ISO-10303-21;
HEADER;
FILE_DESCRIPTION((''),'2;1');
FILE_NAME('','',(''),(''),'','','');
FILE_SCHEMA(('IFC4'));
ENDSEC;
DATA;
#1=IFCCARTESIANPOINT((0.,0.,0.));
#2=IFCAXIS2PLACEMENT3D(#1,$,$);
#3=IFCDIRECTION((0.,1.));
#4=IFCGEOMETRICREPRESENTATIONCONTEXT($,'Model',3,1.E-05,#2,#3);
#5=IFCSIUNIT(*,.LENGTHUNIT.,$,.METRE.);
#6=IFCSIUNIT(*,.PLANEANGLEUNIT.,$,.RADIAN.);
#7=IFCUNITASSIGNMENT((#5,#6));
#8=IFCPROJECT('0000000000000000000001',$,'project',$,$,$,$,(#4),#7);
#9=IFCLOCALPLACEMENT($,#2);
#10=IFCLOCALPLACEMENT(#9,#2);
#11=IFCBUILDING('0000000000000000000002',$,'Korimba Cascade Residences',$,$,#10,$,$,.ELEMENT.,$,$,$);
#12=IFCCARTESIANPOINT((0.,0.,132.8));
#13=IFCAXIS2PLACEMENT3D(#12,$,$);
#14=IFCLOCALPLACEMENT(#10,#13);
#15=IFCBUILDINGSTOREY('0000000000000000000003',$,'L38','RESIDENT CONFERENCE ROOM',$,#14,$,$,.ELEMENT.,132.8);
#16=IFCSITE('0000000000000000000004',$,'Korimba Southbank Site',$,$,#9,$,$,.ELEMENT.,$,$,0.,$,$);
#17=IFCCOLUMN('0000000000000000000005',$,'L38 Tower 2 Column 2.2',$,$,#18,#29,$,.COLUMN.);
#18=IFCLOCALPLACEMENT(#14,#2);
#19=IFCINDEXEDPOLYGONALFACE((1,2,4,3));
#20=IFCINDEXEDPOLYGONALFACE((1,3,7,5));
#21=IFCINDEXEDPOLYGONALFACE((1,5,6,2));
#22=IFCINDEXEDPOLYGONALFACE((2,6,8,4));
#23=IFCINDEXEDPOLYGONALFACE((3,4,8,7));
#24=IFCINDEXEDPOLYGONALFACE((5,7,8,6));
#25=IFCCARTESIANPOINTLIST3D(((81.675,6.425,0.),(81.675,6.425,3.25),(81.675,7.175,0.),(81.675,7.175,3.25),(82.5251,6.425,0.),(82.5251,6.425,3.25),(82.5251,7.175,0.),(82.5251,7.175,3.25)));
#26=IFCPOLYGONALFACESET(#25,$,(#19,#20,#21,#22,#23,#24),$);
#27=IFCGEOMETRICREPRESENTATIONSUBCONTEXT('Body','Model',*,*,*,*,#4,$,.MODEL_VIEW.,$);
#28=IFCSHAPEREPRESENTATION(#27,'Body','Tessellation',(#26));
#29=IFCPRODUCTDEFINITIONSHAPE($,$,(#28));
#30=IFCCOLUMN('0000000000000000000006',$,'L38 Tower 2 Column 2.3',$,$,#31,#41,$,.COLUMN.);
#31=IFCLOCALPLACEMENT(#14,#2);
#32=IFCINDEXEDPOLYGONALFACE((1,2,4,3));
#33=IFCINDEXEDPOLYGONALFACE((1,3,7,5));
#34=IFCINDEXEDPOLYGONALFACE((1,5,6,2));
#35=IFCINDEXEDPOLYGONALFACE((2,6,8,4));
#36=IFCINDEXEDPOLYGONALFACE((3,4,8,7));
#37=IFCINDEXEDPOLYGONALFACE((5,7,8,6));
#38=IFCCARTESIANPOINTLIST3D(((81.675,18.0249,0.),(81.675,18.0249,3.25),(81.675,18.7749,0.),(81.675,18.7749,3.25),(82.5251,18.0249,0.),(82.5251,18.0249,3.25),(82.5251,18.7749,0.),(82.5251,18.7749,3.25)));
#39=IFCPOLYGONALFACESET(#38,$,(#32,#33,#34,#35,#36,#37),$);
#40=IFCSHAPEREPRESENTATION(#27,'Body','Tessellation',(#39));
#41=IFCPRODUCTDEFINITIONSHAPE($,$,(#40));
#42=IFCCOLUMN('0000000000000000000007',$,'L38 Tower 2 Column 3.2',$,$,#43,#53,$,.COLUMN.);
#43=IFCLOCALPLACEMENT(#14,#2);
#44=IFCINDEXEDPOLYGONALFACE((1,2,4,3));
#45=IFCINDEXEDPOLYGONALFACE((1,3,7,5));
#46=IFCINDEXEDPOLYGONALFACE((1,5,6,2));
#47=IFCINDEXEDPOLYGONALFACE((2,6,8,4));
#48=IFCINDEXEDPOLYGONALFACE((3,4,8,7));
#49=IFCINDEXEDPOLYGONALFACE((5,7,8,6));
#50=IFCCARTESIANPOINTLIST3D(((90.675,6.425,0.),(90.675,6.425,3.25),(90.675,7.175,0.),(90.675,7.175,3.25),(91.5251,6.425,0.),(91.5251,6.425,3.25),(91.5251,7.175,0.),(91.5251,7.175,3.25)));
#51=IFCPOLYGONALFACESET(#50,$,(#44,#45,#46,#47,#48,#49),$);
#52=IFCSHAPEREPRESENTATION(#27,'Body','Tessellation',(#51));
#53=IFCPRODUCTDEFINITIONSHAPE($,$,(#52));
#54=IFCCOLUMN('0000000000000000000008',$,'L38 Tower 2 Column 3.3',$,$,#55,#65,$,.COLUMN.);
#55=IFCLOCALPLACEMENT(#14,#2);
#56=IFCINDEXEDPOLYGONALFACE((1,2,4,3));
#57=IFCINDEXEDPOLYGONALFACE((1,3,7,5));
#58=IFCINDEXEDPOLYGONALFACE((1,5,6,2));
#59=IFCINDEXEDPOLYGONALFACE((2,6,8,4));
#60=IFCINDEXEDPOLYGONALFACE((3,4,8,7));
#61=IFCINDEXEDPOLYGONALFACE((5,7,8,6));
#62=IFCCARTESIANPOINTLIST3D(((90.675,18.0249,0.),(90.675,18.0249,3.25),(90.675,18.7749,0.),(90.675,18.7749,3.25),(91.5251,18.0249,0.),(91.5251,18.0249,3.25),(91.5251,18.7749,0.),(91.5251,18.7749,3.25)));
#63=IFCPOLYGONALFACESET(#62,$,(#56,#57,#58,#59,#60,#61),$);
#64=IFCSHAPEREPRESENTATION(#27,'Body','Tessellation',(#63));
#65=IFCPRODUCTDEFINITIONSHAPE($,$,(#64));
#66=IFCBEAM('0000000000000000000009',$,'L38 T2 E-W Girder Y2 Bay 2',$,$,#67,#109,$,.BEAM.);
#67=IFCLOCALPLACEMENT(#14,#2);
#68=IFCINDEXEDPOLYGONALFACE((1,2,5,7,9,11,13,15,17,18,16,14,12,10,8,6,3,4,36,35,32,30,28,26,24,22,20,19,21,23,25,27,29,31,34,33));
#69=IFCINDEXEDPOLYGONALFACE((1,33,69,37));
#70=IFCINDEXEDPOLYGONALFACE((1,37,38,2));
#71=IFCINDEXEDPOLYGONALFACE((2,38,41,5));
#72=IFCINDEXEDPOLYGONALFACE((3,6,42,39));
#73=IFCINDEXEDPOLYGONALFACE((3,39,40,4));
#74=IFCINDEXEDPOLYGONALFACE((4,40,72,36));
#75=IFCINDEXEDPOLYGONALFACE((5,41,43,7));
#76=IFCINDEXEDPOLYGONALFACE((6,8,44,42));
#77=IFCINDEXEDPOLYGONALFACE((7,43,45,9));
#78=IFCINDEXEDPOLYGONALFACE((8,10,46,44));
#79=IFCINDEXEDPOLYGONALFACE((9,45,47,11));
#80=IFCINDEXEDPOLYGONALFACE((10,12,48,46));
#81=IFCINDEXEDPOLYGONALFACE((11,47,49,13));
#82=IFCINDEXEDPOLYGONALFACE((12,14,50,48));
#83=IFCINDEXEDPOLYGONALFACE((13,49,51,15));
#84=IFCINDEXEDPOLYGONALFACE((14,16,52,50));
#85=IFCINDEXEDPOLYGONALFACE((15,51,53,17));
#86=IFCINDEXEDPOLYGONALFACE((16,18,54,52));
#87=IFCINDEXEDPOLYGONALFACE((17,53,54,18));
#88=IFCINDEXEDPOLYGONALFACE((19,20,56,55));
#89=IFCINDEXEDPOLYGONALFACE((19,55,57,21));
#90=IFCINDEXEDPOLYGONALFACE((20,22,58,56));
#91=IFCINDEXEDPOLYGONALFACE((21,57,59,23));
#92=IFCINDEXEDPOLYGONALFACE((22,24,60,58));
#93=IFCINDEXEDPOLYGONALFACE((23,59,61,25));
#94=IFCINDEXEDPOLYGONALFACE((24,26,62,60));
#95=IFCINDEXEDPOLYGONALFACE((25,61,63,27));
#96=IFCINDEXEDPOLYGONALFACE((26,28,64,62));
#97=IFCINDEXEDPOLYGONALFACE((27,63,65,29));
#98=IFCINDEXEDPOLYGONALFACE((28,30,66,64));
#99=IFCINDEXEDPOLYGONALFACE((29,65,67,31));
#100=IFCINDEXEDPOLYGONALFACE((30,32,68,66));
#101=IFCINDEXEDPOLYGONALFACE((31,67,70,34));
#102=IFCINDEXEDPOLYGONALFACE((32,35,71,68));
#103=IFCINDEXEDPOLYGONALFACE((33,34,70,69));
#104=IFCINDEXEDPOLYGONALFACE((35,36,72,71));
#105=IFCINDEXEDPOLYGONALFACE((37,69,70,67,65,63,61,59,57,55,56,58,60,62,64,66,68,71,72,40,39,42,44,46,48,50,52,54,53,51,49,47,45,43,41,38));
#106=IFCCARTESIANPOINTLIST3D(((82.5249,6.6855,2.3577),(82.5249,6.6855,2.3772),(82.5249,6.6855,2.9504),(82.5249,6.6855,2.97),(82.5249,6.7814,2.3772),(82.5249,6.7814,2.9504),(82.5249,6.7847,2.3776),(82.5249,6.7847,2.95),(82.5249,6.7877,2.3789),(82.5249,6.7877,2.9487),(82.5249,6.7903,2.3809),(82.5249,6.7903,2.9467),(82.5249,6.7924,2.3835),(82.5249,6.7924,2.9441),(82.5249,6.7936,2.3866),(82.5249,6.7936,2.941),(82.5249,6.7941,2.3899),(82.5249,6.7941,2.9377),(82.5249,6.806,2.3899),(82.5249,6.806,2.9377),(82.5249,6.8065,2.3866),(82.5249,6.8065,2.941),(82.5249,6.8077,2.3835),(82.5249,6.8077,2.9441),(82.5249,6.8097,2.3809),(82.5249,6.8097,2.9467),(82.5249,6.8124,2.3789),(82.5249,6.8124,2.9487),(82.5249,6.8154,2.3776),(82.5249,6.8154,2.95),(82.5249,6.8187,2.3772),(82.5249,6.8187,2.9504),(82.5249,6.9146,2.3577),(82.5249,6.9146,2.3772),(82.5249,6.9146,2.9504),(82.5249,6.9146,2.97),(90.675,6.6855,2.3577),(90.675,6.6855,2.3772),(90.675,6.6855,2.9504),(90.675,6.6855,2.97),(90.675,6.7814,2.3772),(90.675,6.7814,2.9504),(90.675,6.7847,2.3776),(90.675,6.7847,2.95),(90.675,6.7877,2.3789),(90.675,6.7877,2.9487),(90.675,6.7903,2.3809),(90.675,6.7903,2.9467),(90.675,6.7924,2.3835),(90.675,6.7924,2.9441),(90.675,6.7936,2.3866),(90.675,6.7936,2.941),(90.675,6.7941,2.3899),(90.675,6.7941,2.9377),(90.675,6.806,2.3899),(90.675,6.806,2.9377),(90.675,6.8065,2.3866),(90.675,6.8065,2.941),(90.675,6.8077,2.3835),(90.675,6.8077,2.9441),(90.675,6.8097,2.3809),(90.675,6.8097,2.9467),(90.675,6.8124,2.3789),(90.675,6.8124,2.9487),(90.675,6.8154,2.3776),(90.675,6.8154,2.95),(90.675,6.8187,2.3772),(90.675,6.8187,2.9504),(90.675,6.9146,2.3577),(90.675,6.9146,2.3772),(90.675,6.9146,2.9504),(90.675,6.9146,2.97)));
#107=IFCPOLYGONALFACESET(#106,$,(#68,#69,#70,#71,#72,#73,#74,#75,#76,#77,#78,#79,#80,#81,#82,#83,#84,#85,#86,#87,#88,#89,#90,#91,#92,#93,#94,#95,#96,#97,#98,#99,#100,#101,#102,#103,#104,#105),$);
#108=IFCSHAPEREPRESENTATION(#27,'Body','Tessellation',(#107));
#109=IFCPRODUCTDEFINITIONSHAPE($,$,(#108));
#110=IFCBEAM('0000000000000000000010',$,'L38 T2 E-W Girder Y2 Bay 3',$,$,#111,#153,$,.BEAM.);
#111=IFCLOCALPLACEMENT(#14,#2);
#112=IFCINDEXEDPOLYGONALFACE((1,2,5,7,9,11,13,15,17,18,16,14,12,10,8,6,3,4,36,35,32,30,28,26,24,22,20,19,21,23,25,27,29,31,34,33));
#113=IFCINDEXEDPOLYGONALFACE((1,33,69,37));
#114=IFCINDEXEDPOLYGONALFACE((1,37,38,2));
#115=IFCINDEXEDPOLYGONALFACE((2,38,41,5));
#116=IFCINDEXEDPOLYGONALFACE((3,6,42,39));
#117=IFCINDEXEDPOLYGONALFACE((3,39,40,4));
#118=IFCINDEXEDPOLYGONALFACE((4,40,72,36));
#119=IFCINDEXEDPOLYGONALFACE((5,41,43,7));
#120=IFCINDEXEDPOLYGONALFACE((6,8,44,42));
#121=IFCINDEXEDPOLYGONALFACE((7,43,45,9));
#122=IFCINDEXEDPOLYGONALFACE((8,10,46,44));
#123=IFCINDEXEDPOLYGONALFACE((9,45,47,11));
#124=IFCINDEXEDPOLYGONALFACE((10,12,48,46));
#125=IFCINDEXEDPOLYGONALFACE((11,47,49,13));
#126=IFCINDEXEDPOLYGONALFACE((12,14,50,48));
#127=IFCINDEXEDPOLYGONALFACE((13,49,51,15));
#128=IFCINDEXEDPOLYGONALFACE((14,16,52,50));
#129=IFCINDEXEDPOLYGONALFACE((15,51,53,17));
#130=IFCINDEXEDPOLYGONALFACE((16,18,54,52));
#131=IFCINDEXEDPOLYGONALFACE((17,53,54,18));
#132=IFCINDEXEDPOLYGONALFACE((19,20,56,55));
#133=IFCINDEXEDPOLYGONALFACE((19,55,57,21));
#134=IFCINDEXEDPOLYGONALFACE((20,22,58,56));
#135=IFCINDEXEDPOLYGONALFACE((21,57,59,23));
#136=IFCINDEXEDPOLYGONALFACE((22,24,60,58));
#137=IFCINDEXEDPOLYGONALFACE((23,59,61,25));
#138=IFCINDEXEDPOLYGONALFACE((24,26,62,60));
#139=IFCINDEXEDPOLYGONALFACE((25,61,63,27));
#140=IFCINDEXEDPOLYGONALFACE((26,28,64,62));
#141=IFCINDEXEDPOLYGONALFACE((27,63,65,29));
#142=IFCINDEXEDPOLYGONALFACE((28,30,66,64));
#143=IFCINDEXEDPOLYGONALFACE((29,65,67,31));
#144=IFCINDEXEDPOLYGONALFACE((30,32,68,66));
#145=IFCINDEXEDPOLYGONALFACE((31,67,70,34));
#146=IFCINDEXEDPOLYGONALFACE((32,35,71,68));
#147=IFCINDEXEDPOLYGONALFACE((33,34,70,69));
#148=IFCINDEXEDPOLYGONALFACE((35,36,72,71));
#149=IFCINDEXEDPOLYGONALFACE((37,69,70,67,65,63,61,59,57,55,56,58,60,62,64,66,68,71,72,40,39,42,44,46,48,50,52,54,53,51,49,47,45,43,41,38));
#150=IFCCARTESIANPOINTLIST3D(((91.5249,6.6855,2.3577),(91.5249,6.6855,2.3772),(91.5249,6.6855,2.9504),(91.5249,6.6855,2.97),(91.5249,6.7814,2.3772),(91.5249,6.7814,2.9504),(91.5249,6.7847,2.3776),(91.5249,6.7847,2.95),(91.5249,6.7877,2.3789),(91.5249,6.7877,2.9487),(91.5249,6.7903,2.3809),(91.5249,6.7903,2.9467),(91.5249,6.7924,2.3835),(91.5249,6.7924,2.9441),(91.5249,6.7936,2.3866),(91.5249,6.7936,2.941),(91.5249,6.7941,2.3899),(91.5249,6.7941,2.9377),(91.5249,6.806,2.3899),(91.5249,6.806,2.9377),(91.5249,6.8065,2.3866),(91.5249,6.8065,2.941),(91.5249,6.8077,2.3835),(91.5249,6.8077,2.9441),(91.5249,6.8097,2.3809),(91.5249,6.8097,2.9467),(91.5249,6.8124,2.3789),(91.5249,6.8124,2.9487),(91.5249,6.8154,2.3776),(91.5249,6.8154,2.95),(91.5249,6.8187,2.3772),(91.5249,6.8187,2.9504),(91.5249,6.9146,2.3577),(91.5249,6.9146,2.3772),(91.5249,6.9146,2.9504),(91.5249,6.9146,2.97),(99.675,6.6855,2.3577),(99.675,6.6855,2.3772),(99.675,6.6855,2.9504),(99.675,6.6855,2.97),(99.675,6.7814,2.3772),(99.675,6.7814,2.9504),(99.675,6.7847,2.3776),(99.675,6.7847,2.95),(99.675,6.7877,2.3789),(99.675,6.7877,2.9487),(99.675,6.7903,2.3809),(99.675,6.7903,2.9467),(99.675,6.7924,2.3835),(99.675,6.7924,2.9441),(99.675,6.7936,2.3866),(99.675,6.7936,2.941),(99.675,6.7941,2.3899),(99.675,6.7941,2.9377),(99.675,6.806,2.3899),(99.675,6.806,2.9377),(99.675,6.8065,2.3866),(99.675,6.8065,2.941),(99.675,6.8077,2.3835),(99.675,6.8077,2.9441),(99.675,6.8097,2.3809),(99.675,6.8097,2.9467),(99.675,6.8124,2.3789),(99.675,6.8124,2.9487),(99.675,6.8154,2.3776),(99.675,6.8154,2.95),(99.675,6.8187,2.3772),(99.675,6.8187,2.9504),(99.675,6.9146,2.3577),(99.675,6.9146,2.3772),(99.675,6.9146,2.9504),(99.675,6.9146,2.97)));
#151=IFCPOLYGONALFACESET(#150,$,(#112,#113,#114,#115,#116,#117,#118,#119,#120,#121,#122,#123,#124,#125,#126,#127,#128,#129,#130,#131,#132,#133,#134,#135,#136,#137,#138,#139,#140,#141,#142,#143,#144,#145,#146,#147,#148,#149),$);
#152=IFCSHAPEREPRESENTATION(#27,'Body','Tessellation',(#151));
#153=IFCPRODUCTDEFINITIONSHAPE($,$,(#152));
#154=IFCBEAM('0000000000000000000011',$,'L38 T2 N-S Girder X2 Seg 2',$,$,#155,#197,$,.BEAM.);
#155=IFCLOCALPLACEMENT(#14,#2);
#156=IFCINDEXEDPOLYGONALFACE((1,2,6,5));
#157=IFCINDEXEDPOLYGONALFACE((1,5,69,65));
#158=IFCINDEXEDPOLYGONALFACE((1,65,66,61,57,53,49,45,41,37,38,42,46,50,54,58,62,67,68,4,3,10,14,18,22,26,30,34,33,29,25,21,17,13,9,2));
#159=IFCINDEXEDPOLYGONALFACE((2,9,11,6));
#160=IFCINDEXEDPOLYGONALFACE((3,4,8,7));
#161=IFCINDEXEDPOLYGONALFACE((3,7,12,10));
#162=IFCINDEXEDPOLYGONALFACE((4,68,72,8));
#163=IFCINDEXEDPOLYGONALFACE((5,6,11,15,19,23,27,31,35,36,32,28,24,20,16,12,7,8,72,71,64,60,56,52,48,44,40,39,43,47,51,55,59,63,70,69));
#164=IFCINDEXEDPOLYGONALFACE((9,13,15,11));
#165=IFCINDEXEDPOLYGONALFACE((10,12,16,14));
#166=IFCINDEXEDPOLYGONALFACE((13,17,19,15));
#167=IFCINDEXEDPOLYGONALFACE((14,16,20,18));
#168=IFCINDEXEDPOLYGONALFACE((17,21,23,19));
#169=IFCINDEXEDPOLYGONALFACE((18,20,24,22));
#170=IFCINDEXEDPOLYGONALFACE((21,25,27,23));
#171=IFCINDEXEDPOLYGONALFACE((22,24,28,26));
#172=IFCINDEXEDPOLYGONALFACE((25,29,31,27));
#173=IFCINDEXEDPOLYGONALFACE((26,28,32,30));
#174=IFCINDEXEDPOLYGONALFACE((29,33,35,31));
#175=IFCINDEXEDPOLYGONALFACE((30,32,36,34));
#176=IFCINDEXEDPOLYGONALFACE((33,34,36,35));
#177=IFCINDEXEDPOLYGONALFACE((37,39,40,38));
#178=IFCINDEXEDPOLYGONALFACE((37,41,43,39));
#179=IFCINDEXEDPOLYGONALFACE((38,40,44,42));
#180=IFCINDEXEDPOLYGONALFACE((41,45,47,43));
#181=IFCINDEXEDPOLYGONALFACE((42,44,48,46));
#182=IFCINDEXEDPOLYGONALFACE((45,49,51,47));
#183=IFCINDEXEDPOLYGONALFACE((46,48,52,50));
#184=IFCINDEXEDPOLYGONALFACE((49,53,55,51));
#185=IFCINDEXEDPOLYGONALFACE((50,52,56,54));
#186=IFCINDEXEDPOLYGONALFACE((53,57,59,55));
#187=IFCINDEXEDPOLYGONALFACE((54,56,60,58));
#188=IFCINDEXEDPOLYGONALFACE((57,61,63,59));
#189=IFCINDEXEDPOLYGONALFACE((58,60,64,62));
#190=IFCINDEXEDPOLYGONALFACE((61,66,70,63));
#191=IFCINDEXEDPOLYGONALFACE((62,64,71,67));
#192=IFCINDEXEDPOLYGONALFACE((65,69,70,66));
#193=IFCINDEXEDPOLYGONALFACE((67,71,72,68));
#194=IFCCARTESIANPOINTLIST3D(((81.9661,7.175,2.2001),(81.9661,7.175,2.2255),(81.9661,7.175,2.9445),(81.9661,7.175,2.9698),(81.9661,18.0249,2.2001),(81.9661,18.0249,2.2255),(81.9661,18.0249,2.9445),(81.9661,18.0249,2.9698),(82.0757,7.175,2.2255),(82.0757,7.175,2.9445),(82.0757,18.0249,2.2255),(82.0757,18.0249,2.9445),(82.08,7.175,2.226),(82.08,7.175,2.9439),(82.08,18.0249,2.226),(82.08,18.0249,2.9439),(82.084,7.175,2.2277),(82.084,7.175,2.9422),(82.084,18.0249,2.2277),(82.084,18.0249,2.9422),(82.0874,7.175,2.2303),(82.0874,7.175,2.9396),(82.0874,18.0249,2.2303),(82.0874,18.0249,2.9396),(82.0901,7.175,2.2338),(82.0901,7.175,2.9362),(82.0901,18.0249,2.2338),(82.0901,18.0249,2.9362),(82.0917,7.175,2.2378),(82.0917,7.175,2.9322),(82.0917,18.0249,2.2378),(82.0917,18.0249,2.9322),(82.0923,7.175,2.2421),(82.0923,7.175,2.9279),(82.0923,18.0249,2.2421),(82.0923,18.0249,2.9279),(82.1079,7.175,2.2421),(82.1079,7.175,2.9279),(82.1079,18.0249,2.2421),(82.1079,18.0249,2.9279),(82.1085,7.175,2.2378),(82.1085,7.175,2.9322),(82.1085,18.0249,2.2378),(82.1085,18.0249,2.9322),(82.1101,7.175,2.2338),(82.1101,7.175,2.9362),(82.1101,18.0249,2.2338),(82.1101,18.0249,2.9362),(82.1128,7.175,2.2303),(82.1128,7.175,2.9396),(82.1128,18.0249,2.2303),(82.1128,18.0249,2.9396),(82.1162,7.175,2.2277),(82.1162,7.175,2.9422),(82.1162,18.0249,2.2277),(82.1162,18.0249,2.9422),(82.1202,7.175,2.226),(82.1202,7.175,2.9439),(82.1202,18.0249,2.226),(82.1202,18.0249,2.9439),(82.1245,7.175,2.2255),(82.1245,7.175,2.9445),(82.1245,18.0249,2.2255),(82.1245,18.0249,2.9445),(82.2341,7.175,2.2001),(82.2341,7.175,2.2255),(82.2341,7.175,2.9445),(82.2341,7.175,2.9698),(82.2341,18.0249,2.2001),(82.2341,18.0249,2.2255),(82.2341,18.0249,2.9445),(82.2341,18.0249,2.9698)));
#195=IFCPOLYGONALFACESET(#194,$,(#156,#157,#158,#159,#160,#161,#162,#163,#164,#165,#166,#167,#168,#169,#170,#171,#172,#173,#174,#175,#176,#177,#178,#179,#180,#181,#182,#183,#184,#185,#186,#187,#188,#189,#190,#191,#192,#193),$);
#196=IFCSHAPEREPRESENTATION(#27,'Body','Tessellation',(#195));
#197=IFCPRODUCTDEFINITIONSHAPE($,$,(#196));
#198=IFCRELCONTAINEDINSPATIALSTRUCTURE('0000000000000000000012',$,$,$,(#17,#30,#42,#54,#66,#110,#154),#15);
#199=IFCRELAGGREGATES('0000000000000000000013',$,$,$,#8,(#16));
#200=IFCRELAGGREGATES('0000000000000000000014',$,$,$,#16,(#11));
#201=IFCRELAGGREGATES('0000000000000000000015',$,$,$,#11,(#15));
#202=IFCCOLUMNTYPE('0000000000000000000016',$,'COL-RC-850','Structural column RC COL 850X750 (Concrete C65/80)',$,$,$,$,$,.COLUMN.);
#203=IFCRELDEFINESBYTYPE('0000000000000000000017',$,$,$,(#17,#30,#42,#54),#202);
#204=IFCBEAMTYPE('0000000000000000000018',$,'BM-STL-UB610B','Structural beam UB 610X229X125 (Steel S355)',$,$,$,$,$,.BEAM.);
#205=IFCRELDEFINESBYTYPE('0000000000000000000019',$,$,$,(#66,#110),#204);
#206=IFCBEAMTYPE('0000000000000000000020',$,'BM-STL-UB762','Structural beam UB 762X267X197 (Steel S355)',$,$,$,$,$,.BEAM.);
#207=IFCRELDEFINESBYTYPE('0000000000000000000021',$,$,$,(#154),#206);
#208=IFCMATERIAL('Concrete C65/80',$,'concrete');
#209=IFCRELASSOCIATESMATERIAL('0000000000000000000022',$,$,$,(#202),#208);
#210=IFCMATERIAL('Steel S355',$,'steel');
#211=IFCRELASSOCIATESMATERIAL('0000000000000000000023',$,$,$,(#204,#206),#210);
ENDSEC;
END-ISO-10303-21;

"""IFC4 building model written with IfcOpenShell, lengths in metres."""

from ifc_helpers import new_model, si_unit, direction, frame, origin, origin_2d, place, context, subcontext, project, spatial, rectangle, i_section, extrude, material, material_profile, profile_set, type_object, element, save


model = new_model("IFC4")

# Units and contexts
model_context = context("Model", 3, precision=1e-05, world=origin(), true_north=direction((0.0, 1.0)))
body_context = subcontext(model_context, "Body", "Model", "MODEL_VIEW")
ifc_project = project(units=[si_unit("LENGTHUNIT", "METRE"), si_unit("PLANEANGLEUNIT", "RADIAN")], contexts=[model_context])

# Site, building, storey
site_placement = place(None, origin())
site = spatial("IfcSite", under=ifc_project, at=site_placement, Name="Korimba Southbank Site", CompositionType="ELEMENT", RefElevation=0.0)
building_placement = place(site_placement, origin())
building = spatial("IfcBuilding", under=site, at=building_placement, Name="Korimba Cascade Residences", CompositionType="ELEMENT")
storey_placement = place(building_placement, frame((0.0, 0.0, 132.8)))
storey = spatial("IfcBuildingStorey", under=building, at=storey_placement, Name="L38", Description="RESIDENT CONFERENCE ROOM", CompositionType="ELEMENT", Elevation=132.8)

# Columns
ifc_material_1 = material(Name="Concrete C65/80", Category="concrete")
ifc_material_profile_1 = material_profile(ifc_material_1, rectangle(XDim=0.8501, YDim=0.75, at=origin_2d()), Name="Concrete C65/80")
ifc_profile_set_1 = profile_set([ifc_material_profile_1], Name="Concrete C65/80")
column_type = type_object("IfcColumnType", Name="COL-RC-850", Description="Structural column RC COL 850X750 (Concrete C65/80)", PredefinedType="COLUMN", material=ifc_profile_set_1)
for number, where, z_axis, x_axis, name in (
    (1, (82.1001, 6.8, 0.0), (0.0, 0.0, 1.0), (1.0, 0.0, 0.0), "L38 Tower 2 Column 2.2"),
    (2, (82.1001, 18.3999, 0.0), (0.0, 0.0, 1.0), (1.0, 0.0, 0.0), "L38 Tower 2 Column 2.3"),
    (3, (91.1001, 6.8, 0.0), (0.0, 0.0, 1.0), (1.0, 0.0, 0.0), "L38 Tower 2 Column 3.2"),
    (4, (91.1001, 18.3999, 0.0), (0.0, 0.0, 1.0), (1.0, 0.0, 0.0), "L38 Tower 2 Column 3.3"),
):
    element("IfcColumn", number, at=place(storey_placement, frame(where, z_axis=z_axis, x_axis=x_axis)), inside=storey, type_object=column_type, Name=name, PredefinedType="COLUMN", context=body_context, shape_type="SweptSolid", body=[
        extrude(rectangle(XDim=0.8501, YDim=0.75, at=origin_2d()), origin(), (0.0, 0.0, 1.0), 3.25),
    ])

# Beams
ifc_material_2 = material(Name="Steel S355", Category="steel")
ifc_material_profile_2 = material_profile(ifc_material_2, i_section(OverallWidth=0.229, OverallDepth=0.6123, WebThickness=0.012, FlangeThickness=0.0195, FilletRadius=0.0127, at=origin_2d()), Name="Steel S355")
ifc_profile_set_2 = profile_set([ifc_material_profile_2], Name="Steel S355")
beam_type_1 = type_object("IfcBeamType", Name="BM-STL-UB610B", Description="Structural beam UB 610X229X125 (Steel S355)", PredefinedType="BEAM", material=ifc_profile_set_2)
for number, where, z_axis, x_axis, name in (
    (5, (82.5249, 6.8, 2.6638), (1.0, 0.0, 0.0), (0.0, 1.0, 0.0), "L38 T2 E-W Girder Y2 Bay 2"),
    (6, (91.5249, 6.8, 2.6638), (1.0, 0.0, 0.0), (0.0, 1.0, 0.0), "L38 T2 E-W Girder Y2 Bay 3"),
):
    element("IfcBeam", number, at=place(storey_placement, frame(where, z_axis=z_axis, x_axis=x_axis)), inside=storey, type_object=beam_type_1, Name=name, PredefinedType="BEAM", context=body_context, shape_type="SweptSolid", body=[
        extrude(i_section(OverallWidth=0.229, OverallDepth=0.6123, WebThickness=0.012, FlangeThickness=0.0195, FilletRadius=0.0127, at=origin_2d()), origin(), (0.0, 0.0, 1.0), 8.1501),
    ])
ifc_material_profile_3 = material_profile(ifc_material_2, i_section(OverallWidth=0.2681, OverallDepth=0.7698, WebThickness=0.0156, FlangeThickness=0.0254, FilletRadius=0.0166, at=origin_2d()), Name="Steel S355")
ifc_profile_set_3 = profile_set([ifc_material_profile_3], Name="Steel S355")
beam_type_2 = type_object("IfcBeamType", Name="BM-STL-UB762", Description="Structural beam UB 762X267X197 (Steel S355)", PredefinedType="BEAM", material=ifc_profile_set_3)
for number, where, z_axis, x_axis, name in (
    (7, (82.1001, 7.175, 2.585), (0.0, 1.0, 0.0), (-1.0, 0.0, 0.0), "L38 T2 N-S Girder X2 Seg 2"),
):
    element("IfcBeam", number, at=place(storey_placement, frame(where, z_axis=z_axis, x_axis=x_axis)), inside=storey, type_object=beam_type_2, Name=name, PredefinedType="BEAM", context=body_context, shape_type="SweptSolid", body=[
        extrude(i_section(OverallWidth=0.2681, OverallDepth=0.7698, WebThickness=0.0156, FlangeThickness=0.0254, FilletRadius=0.0166, at=origin_2d()), origin(), (0.0, 0.0, 1.0), 10.8499),
    ])

save(model, "model.ifc")
